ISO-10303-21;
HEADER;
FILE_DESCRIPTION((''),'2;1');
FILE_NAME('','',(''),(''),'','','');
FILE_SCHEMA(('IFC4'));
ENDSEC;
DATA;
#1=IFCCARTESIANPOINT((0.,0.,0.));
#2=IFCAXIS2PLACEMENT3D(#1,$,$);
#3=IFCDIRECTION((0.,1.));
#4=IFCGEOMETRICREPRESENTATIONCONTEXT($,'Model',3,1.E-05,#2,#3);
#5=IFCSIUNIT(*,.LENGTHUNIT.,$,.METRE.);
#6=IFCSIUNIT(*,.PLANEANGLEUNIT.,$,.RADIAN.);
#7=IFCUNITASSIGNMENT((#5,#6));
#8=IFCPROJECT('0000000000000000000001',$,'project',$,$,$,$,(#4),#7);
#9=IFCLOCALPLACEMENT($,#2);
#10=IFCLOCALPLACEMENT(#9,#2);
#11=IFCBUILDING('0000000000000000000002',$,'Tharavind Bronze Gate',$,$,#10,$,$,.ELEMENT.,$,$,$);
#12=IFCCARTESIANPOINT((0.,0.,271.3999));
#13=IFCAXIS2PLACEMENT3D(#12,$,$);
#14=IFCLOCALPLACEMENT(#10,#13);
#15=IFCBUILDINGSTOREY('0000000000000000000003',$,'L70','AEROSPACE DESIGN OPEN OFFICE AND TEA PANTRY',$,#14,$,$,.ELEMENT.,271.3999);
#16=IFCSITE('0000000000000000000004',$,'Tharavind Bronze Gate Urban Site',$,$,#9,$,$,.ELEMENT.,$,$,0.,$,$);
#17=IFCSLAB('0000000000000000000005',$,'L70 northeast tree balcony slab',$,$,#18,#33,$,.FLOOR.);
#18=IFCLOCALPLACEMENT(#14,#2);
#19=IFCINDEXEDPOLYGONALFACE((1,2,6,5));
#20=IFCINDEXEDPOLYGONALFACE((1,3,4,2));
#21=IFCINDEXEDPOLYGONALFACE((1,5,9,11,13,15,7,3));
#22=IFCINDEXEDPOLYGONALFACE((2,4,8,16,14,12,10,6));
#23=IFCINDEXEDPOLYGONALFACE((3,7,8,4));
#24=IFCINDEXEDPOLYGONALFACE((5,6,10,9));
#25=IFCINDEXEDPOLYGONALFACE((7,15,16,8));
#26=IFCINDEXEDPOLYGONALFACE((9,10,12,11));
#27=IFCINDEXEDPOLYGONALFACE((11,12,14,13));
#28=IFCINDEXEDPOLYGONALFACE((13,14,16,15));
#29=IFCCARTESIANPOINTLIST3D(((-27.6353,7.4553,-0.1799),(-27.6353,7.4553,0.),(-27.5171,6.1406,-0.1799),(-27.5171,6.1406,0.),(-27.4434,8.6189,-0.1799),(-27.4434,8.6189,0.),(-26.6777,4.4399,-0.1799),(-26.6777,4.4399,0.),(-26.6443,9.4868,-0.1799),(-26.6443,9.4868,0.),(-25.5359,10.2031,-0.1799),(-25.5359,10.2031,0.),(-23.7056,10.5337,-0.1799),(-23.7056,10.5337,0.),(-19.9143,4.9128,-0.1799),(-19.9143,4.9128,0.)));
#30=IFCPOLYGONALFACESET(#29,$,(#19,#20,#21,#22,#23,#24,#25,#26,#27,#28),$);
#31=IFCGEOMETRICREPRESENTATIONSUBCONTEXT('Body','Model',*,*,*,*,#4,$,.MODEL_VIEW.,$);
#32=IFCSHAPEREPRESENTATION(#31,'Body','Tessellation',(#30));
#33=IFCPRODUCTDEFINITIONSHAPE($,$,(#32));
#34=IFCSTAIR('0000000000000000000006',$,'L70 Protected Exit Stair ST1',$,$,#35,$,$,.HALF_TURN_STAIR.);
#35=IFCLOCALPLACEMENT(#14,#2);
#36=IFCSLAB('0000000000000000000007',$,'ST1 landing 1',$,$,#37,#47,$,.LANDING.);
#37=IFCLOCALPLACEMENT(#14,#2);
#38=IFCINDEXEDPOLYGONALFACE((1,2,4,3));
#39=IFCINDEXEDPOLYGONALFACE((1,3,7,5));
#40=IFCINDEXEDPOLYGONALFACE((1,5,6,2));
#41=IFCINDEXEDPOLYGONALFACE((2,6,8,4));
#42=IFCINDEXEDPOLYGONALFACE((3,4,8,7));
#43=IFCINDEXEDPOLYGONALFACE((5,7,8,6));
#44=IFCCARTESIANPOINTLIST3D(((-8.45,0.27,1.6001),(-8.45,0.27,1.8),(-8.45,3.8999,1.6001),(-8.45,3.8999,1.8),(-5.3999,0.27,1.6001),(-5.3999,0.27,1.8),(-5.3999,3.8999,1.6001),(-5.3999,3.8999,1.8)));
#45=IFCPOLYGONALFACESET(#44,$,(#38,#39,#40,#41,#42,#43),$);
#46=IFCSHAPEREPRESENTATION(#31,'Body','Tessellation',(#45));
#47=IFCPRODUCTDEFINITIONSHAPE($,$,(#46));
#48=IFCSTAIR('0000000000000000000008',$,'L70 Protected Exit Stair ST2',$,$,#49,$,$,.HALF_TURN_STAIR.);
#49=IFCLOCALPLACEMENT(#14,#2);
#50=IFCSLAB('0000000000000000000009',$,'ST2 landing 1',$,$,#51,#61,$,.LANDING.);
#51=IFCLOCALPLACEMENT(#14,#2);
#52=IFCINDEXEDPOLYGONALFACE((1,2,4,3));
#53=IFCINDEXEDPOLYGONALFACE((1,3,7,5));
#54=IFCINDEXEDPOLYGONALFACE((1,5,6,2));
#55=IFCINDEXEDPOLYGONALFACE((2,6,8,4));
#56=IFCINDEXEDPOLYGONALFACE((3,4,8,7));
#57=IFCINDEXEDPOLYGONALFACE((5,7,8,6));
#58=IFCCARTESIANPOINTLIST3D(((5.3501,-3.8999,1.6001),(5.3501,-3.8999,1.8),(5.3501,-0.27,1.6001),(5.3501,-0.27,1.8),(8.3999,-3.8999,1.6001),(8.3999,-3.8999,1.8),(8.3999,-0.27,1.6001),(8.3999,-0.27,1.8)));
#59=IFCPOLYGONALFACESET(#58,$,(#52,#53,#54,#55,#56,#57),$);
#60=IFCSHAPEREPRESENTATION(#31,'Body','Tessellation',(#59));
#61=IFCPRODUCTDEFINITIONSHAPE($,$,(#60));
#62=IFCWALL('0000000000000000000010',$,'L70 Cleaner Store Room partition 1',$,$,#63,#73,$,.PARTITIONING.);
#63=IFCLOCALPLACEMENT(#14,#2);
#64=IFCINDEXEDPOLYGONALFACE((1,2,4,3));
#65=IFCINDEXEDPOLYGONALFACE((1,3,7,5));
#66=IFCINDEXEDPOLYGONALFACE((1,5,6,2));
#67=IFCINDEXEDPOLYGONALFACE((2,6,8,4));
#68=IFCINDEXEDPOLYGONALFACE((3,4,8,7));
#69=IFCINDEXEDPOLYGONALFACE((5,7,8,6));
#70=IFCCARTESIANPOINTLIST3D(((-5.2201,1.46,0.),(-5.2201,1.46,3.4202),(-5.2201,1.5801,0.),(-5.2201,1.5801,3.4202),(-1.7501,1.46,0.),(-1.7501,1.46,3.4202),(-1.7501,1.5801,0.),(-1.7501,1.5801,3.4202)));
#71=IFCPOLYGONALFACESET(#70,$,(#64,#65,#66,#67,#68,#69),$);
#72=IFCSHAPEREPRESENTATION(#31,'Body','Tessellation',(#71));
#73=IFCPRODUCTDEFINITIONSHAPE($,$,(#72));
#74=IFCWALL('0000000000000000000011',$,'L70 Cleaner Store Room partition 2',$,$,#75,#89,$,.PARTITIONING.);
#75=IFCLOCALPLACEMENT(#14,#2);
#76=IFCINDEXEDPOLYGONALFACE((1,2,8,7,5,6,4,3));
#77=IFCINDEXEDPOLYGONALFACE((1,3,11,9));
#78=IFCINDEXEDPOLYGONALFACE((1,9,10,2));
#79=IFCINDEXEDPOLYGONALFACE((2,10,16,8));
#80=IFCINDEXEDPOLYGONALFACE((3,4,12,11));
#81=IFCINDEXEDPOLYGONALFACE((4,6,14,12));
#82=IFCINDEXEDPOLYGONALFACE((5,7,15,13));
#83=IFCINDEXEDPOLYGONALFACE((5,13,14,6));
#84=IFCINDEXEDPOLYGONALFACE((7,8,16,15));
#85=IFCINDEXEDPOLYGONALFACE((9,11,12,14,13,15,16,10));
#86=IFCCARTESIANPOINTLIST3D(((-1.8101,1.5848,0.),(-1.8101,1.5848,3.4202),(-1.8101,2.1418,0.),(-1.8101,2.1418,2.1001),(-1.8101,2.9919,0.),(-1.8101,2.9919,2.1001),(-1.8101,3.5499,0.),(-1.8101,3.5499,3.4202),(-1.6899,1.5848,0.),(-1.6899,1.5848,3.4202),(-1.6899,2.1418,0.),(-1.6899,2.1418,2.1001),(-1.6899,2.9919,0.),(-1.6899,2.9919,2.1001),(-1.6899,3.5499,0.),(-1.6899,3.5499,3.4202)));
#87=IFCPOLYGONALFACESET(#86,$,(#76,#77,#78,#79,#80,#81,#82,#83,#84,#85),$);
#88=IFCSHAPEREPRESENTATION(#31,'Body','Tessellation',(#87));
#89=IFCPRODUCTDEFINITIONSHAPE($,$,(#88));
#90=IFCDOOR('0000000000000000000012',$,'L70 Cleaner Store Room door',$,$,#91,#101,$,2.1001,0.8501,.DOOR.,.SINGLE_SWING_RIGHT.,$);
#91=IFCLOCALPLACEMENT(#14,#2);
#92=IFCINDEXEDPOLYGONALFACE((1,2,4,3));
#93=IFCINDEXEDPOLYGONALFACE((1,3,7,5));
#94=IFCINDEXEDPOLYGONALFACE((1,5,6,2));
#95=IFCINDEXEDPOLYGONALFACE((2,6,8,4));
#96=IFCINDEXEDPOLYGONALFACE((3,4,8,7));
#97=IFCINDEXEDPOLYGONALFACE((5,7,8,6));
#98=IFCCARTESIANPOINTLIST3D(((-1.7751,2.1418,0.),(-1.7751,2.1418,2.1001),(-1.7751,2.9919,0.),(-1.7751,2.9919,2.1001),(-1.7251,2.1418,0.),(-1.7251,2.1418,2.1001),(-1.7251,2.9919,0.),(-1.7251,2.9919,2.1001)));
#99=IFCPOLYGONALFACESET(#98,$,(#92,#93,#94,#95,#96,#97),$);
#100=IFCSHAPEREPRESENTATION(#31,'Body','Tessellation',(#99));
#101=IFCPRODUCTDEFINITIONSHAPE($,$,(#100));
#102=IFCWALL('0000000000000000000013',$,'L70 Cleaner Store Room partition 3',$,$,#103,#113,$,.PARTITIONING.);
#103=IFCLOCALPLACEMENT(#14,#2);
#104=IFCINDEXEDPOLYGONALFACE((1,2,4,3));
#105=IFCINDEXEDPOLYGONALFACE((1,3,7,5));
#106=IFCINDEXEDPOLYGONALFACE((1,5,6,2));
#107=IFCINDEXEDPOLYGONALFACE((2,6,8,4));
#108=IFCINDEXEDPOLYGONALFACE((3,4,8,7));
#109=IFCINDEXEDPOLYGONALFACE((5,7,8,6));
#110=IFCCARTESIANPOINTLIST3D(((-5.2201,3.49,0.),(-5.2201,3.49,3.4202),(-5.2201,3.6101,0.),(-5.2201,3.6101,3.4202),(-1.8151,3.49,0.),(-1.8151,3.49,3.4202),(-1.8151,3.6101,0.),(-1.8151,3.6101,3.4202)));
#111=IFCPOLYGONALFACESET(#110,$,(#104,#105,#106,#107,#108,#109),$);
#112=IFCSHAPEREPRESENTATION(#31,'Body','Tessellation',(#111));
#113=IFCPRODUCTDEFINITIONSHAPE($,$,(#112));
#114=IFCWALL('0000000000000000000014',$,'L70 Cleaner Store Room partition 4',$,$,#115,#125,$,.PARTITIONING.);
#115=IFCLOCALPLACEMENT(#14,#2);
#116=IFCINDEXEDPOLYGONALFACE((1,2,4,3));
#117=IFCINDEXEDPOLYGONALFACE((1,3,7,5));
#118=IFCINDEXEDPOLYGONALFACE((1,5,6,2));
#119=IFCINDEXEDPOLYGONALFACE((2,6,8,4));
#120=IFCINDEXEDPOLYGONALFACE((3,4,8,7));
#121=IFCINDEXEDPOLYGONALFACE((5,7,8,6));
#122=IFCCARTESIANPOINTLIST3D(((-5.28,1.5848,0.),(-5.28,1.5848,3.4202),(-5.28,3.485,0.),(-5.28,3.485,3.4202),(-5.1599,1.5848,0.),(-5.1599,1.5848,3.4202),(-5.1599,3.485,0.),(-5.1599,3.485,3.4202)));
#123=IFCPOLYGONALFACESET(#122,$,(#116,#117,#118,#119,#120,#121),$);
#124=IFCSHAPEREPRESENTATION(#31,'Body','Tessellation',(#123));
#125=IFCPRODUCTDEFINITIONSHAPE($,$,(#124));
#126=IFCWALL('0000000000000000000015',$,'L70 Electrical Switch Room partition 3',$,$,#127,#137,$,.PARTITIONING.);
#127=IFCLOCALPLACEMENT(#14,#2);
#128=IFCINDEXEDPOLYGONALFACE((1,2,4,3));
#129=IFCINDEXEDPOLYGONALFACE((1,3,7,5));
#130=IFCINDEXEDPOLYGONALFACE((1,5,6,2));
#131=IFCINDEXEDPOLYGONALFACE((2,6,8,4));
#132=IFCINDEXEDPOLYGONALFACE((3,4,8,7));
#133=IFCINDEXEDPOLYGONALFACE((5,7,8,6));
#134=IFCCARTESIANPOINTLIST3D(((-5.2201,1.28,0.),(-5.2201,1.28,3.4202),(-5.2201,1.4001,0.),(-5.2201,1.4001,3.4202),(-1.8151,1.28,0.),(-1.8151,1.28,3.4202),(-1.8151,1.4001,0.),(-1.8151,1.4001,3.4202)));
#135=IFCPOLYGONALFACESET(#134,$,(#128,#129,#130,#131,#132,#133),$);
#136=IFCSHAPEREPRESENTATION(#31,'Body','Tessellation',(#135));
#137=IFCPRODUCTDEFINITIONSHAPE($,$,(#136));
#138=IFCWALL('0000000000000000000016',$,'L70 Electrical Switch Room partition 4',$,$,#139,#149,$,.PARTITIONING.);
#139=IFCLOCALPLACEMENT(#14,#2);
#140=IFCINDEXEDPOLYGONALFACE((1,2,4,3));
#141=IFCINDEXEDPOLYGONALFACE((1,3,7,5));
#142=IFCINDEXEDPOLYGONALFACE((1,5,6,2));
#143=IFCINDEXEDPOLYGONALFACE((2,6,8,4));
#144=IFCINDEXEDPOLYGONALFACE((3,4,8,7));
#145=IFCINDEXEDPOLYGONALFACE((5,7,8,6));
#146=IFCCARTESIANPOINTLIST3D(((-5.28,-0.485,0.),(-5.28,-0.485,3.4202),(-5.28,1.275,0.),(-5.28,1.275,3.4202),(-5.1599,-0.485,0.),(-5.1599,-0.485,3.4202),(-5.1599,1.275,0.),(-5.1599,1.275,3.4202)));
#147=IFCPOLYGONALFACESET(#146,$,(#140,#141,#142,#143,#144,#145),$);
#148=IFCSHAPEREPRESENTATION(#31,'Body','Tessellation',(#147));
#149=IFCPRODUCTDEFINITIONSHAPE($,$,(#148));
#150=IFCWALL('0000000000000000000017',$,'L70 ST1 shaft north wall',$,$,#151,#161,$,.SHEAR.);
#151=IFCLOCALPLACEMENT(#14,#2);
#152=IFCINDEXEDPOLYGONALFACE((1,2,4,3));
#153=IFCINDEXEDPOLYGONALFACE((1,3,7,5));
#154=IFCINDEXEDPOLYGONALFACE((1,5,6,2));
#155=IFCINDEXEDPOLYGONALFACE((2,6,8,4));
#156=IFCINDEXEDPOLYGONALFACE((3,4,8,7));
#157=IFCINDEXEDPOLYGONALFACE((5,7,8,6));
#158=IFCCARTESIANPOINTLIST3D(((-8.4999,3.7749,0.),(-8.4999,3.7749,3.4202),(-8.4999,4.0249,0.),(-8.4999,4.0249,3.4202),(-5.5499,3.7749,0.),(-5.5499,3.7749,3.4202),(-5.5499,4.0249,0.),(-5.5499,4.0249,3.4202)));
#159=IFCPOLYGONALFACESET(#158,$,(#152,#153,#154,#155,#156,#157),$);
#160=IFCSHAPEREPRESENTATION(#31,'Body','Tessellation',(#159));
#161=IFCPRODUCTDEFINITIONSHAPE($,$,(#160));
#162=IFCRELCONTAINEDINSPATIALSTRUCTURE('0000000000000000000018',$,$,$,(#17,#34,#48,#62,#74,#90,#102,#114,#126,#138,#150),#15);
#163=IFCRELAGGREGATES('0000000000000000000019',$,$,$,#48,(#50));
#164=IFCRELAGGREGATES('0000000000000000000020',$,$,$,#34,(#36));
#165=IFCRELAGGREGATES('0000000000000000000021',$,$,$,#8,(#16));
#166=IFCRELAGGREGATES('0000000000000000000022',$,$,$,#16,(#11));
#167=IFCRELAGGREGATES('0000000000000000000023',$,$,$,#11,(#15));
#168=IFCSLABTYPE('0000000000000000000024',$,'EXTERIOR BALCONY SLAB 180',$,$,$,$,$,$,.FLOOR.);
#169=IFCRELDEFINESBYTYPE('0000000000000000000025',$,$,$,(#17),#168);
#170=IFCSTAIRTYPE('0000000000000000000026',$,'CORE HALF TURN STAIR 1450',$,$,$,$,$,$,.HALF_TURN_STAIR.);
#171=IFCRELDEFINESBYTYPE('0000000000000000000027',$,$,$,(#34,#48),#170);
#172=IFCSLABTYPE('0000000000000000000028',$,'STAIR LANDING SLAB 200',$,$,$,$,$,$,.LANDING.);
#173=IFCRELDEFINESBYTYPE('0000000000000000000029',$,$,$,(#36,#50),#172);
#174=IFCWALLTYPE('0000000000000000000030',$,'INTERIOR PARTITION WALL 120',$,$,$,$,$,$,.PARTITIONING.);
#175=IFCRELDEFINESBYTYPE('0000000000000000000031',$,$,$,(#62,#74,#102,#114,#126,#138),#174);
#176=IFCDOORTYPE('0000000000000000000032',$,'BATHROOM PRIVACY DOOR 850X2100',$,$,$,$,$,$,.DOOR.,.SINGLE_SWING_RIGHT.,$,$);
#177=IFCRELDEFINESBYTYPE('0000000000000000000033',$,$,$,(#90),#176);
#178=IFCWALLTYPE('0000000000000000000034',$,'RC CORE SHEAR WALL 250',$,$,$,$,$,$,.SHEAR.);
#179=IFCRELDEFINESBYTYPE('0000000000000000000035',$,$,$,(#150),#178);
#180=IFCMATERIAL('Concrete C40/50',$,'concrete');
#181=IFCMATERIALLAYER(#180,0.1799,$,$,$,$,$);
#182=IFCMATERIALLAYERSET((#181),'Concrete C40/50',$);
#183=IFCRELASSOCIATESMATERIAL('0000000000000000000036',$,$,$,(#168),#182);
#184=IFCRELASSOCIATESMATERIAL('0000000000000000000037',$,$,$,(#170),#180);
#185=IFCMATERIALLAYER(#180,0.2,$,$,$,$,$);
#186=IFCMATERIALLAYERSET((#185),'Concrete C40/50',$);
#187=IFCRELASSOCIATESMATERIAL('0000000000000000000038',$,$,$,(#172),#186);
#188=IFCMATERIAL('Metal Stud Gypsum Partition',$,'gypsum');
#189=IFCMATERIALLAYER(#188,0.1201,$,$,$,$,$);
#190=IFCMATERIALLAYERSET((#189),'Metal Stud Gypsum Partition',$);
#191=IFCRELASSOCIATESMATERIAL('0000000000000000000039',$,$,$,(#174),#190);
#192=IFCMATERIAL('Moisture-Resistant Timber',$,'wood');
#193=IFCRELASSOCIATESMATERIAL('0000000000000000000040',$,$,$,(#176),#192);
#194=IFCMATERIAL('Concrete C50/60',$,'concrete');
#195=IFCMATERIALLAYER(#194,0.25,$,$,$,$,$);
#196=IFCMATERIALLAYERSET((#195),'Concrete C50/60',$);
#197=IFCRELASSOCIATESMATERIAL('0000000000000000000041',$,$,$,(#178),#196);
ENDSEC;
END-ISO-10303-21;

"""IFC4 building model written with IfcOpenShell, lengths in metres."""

from ifc_helpers import new_model, si_unit, direction, frame, frame_2d, origin, place, context, subcontext, project, spatial, polyline, rectangle, outline, extrude, material, layer, layer_set, type_object, element, fill, aggregate, save


model = new_model("IFC4")

# Units and contexts
model_context = context("Model", 3, precision=1e-05, world=origin(), true_north=direction((0.0, 1.0)))
body_context = subcontext(model_context, "Body", "Model", "MODEL_VIEW")
ifc_project = project(units=[si_unit("LENGTHUNIT", "METRE"), si_unit("PLANEANGLEUNIT", "RADIAN")], contexts=[model_context])

# Site, building, storey
site_placement = place(None, origin())
site = spatial("IfcSite", under=ifc_project, at=site_placement, Name="Tharavind Bronze Gate Urban Site", CompositionType="ELEMENT", RefElevation=0.0)
building_placement = place(site_placement, origin())
building = spatial("IfcBuilding", under=site, at=building_placement, Name="Tharavind Bronze Gate", CompositionType="ELEMENT")
storey_placement = place(building_placement, frame((0.0, 0.0, 271.3999)))
storey = spatial("IfcBuildingStorey", under=building, at=storey_placement, Name="L70", Description="AEROSPACE DESIGN OPEN OFFICE AND TEA PANTRY", CompositionType="ELEMENT", Elevation=271.3999)

# Slab
ifc_material_1 = material(Name="Concrete C40/50", Category="concrete")
ifc_layer_1 = layer(ifc_material_1, 0.1799)
ifc_layer_set_1 = layer_set([ifc_layer_1], Name="Concrete C40/50")
slab_type_1 = type_object("IfcSlabType", Name="EXTERIOR BALCONY SLAB 180", PredefinedType="FLOOR", material=ifc_layer_set_1)
slab_1_placement = place(storey_placement, frame((0.0, 0.0, -0.1799)))
element("IfcSlab", 1, at=slab_1_placement, inside=storey, type_object=slab_type_1, Name="L70 northeast tree balcony slab", PredefinedType="FLOOR", context=body_context, shape_type="SweptSolid", body=[
    extrude(outline(polyline([(-25.5359, 10.2031), (-26.6443, 9.4868), (-27.4434, 8.6189), (-27.6353, 7.4553), (-27.5171, 6.1406), (-26.6777, 4.4399), (-19.9143, 4.9128), (-23.7056, 10.5337), (-25.5359, 10.2031)])), origin(), (0.0, 0.0, 1.0), 0.1799),
])

# Stairs, slabs
stair_type = type_object("IfcStairType", Name="CORE HALF TURN STAIR 1450", PredefinedType="HALF_TURN_STAIR", material=ifc_material_1)
stair_1_placement = place(storey_placement, origin())
stair_1 = element("IfcStair", 2, at=stair_1_placement, inside=storey, type_object=stair_type, Name="L70 Protected Exit Stair ST1", PredefinedType="HALF_TURN_STAIR")
ifc_layer_2 = layer(ifc_material_1, 0.2)
ifc_layer_set_2 = layer_set([ifc_layer_2], Name="Concrete C40/50")
slab_type_2 = type_object("IfcSlabType", Name="STAIR LANDING SLAB 200", PredefinedType="LANDING", material=ifc_layer_set_2)
slab_2_placement = place(storey_placement, frame((0.0, 0.0, 1.6001)))
slab_2 = element("IfcSlab", 3, at=slab_2_placement, type_object=slab_type_2, Name="ST1 landing 1", PredefinedType="LANDING", context=body_context, shape_type="SweptSolid", body=[
    extrude(outline(polyline([(-5.3999, 0.27), (-5.3999, 3.8999), (-8.45, 3.8999), (-8.45, 0.27), (-5.3999, 0.27)])), origin(), (0.0, 0.0, 1.0), 0.2),
])
stair_2_placement = place(storey_placement, origin())
stair_2 = element("IfcStair", 4, at=stair_2_placement, inside=storey, type_object=stair_type, Name="L70 Protected Exit Stair ST2", PredefinedType="HALF_TURN_STAIR")
slab_3_placement = place(storey_placement, frame((0.0, 0.0, 1.6001)))
slab_3 = element("IfcSlab", 5, at=slab_3_placement, type_object=slab_type_2, Name="ST2 landing 1", PredefinedType="LANDING", context=body_context, shape_type="SweptSolid", body=[
    extrude(outline(polyline([(5.3501, -0.27), (5.3501, -3.8999), (8.3999, -3.8999), (8.3999, -0.27), (5.3501, -0.27)])), origin(), (0.0, 0.0, 1.0), 0.2),
])
aggregate(stair_2, [slab_3])

# Wall
ifc_material_2 = material(Name="Metal Stud Gypsum Partition", Category="gypsum")
ifc_layer_3 = layer(ifc_material_2, 0.1201)
ifc_layer_set_3 = layer_set([ifc_layer_3], Name="Metal Stud Gypsum Partition")
wall_type_1 = type_object("IfcWallType", Name="INTERIOR PARTITION WALL 120", PredefinedType="PARTITIONING", material=ifc_layer_set_3)
wall_1_placement = place(storey_placement, frame((-5.22, 1.52, 0.0), z_axis=(0.0, 0.0, 1.0), x_axis=(1.0, 0.0, 0.0)))
element("IfcWall", 6, at=wall_1_placement, inside=storey, type_object=wall_type_1, Name="L70 Cleaner Store Room partition 1", PredefinedType="PARTITIONING", context=body_context, shape_type="SweptSolid", body=[
    extrude(rectangle(XDim=3.47, YDim=0.1201, at=frame_2d((1.7349, 0.0))), origin(), (0.0, 0.0, 1.0), 3.4202),
])

# Wall, opening, door
wall_2_placement = place(storey_placement, frame((-1.75, 1.585, 0.0), z_axis=(0.0, 0.0, 1.0), x_axis=(0.0, 1.0, 0.0)))
wall_2 = element("IfcWall", 7, at=wall_2_placement, inside=storey, type_object=wall_type_1, Name="L70 Cleaner Store Room partition 2", PredefinedType="PARTITIONING", context=body_context, shape_type="SweptSolid", body=[
    extrude(rectangle(XDim=1.9651, YDim=0.1201, at=frame_2d((0.9824, 0.0))), origin(), (0.0, 0.0, 1.0), 3.4202),
])
opening_placement = place(wall_2_placement, frame((0.5569, 0.0, 0.0)))
opening = element("IfcOpeningElement", 8, at=opening_placement, cuts=wall_2, PredefinedType="OPENING", context=body_context, shape_type="SweptSolid", body=[
    extrude(rectangle(XDim=0.8501, YDim=2.1001, at=frame_2d((0.425, 1.05))), frame((0.0, 0.0701, 0.0), z_axis=(0.0, -1.0, 0.0), x_axis=(1.0, 0.0, 0.0)), (0.0, 0.0, 1.0), 0.1401),
])
ifc_material_3 = material(Name="Moisture-Resistant Timber", Category="wood")
door_type = type_object("IfcDoorType", Name="BATHROOM PRIVACY DOOR 850X2100", OperationType="SINGLE_SWING_RIGHT", PredefinedType="DOOR", material=ifc_material_3)
door_placement = place(opening_placement, frame((0.8501, 0.0, 0.0), z_axis=(0.0, 0.0, 1.0), x_axis=(-1.0, 0.0, 0.0)))
door = element("IfcDoor", 9, at=door_placement, inside=storey, type_object=door_type, Name="L70 Cleaner Store Room door", OperationType="SINGLE_SWING_RIGHT", OverallHeight=2.1001, OverallWidth=0.8501, PredefinedType="DOOR", context=body_context, shape_type="SweptSolid", body=[
    extrude(rectangle(XDim=0.8501, YDim=2.1001, at=frame_2d((0.425, 1.05))), frame((0.0, 0.0249, 0.0), z_axis=(0.0, -1.0, 0.0), x_axis=(1.0, 0.0, 0.0)), (0.0, 0.0, 1.0), 0.05),
])
fill(opening, door)

# Walls
wall_3_placement = place(storey_placement, frame((-1.8149, 3.55, 0.0), z_axis=(0.0, 0.0, 1.0), x_axis=(-1.0, 0.0, 0.0)))
element("IfcWall", 10, at=wall_3_placement, inside=storey, type_object=wall_type_1, Name="L70 Cleaner Store Room partition 3", PredefinedType="PARTITIONING", context=body_context, shape_type="SweptSolid", body=[
    extrude(rectangle(XDim=3.405, YDim=0.1201, at=frame_2d((1.7026, 0.0))), origin(), (0.0, 0.0, 1.0), 3.4202),
])
wall_4_placement = place(storey_placement, frame((-5.22, 3.4851, 0.0), z_axis=(0.0, 0.0, 1.0), x_axis=(0.0, -1.0, 0.0)))
element("IfcWall", 11, at=wall_4_placement, inside=storey, type_object=wall_type_1, Name="L70 Cleaner Store Room partition 4", PredefinedType="PARTITIONING", context=body_context, shape_type="SweptSolid", body=[
    extrude(rectangle(XDim=1.9001, YDim=0.1201, at=frame_2d((0.9502, 0.0))), origin(), (0.0, 0.0, 1.0), 3.4202),
])
wall_5_placement = place(storey_placement, frame((-1.8149, 1.3401, 0.0), z_axis=(0.0, 0.0, 1.0), x_axis=(-1.0, 0.0, 0.0)))
element("IfcWall", 12, at=wall_5_placement, inside=storey, type_object=wall_type_1, Name="L70 Electrical Switch Room partition 3", PredefinedType="PARTITIONING", context=body_context, shape_type="SweptSolid", body=[
    extrude(rectangle(XDim=3.405, YDim=0.1201, at=frame_2d((1.7026, 0.0))), origin(), (0.0, 0.0, 1.0), 3.4202),
])
wall_6_placement = place(storey_placement, frame((-5.22, 1.2749, 0.0), z_axis=(0.0, 0.0, 1.0), x_axis=(0.0, -1.0, 0.0)))
element("IfcWall", 13, at=wall_6_placement, inside=storey, type_object=wall_type_1, Name="L70 Electrical Switch Room partition 4", PredefinedType="PARTITIONING", context=body_context, shape_type="SweptSolid", body=[
    extrude(rectangle(XDim=1.76, YDim=0.1201, at=frame_2d((0.8799, 0.0))), origin(), (0.0, 0.0, 1.0), 3.4202),
])
ifc_material_4 = material(Name="Concrete C50/60", Category="concrete")
ifc_layer_4 = layer(ifc_material_4, 0.25)
ifc_layer_set_4 = layer_set([ifc_layer_4], Name="Concrete C50/60")
wall_type_2 = type_object("IfcWallType", Name="RC CORE SHEAR WALL 250", PredefinedType="SHEAR", material=ifc_layer_set_4)
wall_7_placement = place(storey_placement, frame((-8.5, 3.8999, 0.0), z_axis=(0.0, 0.0, 1.0), x_axis=(1.0, 0.0, 0.0)))
element("IfcWall", 14, at=wall_7_placement, inside=storey, type_object=wall_type_2, Name="L70 ST1 shaft north wall", PredefinedType="SHEAR", context=body_context, shape_type="SweptSolid", body=[
    extrude(rectangle(XDim=2.95, YDim=0.25, at=frame_2d((1.4751, 0.0))), origin(), (0.0, 0.0, 1.0), 3.4202),
])

aggregate(stair_1, [slab_2])

save(model, "model.ifc")
